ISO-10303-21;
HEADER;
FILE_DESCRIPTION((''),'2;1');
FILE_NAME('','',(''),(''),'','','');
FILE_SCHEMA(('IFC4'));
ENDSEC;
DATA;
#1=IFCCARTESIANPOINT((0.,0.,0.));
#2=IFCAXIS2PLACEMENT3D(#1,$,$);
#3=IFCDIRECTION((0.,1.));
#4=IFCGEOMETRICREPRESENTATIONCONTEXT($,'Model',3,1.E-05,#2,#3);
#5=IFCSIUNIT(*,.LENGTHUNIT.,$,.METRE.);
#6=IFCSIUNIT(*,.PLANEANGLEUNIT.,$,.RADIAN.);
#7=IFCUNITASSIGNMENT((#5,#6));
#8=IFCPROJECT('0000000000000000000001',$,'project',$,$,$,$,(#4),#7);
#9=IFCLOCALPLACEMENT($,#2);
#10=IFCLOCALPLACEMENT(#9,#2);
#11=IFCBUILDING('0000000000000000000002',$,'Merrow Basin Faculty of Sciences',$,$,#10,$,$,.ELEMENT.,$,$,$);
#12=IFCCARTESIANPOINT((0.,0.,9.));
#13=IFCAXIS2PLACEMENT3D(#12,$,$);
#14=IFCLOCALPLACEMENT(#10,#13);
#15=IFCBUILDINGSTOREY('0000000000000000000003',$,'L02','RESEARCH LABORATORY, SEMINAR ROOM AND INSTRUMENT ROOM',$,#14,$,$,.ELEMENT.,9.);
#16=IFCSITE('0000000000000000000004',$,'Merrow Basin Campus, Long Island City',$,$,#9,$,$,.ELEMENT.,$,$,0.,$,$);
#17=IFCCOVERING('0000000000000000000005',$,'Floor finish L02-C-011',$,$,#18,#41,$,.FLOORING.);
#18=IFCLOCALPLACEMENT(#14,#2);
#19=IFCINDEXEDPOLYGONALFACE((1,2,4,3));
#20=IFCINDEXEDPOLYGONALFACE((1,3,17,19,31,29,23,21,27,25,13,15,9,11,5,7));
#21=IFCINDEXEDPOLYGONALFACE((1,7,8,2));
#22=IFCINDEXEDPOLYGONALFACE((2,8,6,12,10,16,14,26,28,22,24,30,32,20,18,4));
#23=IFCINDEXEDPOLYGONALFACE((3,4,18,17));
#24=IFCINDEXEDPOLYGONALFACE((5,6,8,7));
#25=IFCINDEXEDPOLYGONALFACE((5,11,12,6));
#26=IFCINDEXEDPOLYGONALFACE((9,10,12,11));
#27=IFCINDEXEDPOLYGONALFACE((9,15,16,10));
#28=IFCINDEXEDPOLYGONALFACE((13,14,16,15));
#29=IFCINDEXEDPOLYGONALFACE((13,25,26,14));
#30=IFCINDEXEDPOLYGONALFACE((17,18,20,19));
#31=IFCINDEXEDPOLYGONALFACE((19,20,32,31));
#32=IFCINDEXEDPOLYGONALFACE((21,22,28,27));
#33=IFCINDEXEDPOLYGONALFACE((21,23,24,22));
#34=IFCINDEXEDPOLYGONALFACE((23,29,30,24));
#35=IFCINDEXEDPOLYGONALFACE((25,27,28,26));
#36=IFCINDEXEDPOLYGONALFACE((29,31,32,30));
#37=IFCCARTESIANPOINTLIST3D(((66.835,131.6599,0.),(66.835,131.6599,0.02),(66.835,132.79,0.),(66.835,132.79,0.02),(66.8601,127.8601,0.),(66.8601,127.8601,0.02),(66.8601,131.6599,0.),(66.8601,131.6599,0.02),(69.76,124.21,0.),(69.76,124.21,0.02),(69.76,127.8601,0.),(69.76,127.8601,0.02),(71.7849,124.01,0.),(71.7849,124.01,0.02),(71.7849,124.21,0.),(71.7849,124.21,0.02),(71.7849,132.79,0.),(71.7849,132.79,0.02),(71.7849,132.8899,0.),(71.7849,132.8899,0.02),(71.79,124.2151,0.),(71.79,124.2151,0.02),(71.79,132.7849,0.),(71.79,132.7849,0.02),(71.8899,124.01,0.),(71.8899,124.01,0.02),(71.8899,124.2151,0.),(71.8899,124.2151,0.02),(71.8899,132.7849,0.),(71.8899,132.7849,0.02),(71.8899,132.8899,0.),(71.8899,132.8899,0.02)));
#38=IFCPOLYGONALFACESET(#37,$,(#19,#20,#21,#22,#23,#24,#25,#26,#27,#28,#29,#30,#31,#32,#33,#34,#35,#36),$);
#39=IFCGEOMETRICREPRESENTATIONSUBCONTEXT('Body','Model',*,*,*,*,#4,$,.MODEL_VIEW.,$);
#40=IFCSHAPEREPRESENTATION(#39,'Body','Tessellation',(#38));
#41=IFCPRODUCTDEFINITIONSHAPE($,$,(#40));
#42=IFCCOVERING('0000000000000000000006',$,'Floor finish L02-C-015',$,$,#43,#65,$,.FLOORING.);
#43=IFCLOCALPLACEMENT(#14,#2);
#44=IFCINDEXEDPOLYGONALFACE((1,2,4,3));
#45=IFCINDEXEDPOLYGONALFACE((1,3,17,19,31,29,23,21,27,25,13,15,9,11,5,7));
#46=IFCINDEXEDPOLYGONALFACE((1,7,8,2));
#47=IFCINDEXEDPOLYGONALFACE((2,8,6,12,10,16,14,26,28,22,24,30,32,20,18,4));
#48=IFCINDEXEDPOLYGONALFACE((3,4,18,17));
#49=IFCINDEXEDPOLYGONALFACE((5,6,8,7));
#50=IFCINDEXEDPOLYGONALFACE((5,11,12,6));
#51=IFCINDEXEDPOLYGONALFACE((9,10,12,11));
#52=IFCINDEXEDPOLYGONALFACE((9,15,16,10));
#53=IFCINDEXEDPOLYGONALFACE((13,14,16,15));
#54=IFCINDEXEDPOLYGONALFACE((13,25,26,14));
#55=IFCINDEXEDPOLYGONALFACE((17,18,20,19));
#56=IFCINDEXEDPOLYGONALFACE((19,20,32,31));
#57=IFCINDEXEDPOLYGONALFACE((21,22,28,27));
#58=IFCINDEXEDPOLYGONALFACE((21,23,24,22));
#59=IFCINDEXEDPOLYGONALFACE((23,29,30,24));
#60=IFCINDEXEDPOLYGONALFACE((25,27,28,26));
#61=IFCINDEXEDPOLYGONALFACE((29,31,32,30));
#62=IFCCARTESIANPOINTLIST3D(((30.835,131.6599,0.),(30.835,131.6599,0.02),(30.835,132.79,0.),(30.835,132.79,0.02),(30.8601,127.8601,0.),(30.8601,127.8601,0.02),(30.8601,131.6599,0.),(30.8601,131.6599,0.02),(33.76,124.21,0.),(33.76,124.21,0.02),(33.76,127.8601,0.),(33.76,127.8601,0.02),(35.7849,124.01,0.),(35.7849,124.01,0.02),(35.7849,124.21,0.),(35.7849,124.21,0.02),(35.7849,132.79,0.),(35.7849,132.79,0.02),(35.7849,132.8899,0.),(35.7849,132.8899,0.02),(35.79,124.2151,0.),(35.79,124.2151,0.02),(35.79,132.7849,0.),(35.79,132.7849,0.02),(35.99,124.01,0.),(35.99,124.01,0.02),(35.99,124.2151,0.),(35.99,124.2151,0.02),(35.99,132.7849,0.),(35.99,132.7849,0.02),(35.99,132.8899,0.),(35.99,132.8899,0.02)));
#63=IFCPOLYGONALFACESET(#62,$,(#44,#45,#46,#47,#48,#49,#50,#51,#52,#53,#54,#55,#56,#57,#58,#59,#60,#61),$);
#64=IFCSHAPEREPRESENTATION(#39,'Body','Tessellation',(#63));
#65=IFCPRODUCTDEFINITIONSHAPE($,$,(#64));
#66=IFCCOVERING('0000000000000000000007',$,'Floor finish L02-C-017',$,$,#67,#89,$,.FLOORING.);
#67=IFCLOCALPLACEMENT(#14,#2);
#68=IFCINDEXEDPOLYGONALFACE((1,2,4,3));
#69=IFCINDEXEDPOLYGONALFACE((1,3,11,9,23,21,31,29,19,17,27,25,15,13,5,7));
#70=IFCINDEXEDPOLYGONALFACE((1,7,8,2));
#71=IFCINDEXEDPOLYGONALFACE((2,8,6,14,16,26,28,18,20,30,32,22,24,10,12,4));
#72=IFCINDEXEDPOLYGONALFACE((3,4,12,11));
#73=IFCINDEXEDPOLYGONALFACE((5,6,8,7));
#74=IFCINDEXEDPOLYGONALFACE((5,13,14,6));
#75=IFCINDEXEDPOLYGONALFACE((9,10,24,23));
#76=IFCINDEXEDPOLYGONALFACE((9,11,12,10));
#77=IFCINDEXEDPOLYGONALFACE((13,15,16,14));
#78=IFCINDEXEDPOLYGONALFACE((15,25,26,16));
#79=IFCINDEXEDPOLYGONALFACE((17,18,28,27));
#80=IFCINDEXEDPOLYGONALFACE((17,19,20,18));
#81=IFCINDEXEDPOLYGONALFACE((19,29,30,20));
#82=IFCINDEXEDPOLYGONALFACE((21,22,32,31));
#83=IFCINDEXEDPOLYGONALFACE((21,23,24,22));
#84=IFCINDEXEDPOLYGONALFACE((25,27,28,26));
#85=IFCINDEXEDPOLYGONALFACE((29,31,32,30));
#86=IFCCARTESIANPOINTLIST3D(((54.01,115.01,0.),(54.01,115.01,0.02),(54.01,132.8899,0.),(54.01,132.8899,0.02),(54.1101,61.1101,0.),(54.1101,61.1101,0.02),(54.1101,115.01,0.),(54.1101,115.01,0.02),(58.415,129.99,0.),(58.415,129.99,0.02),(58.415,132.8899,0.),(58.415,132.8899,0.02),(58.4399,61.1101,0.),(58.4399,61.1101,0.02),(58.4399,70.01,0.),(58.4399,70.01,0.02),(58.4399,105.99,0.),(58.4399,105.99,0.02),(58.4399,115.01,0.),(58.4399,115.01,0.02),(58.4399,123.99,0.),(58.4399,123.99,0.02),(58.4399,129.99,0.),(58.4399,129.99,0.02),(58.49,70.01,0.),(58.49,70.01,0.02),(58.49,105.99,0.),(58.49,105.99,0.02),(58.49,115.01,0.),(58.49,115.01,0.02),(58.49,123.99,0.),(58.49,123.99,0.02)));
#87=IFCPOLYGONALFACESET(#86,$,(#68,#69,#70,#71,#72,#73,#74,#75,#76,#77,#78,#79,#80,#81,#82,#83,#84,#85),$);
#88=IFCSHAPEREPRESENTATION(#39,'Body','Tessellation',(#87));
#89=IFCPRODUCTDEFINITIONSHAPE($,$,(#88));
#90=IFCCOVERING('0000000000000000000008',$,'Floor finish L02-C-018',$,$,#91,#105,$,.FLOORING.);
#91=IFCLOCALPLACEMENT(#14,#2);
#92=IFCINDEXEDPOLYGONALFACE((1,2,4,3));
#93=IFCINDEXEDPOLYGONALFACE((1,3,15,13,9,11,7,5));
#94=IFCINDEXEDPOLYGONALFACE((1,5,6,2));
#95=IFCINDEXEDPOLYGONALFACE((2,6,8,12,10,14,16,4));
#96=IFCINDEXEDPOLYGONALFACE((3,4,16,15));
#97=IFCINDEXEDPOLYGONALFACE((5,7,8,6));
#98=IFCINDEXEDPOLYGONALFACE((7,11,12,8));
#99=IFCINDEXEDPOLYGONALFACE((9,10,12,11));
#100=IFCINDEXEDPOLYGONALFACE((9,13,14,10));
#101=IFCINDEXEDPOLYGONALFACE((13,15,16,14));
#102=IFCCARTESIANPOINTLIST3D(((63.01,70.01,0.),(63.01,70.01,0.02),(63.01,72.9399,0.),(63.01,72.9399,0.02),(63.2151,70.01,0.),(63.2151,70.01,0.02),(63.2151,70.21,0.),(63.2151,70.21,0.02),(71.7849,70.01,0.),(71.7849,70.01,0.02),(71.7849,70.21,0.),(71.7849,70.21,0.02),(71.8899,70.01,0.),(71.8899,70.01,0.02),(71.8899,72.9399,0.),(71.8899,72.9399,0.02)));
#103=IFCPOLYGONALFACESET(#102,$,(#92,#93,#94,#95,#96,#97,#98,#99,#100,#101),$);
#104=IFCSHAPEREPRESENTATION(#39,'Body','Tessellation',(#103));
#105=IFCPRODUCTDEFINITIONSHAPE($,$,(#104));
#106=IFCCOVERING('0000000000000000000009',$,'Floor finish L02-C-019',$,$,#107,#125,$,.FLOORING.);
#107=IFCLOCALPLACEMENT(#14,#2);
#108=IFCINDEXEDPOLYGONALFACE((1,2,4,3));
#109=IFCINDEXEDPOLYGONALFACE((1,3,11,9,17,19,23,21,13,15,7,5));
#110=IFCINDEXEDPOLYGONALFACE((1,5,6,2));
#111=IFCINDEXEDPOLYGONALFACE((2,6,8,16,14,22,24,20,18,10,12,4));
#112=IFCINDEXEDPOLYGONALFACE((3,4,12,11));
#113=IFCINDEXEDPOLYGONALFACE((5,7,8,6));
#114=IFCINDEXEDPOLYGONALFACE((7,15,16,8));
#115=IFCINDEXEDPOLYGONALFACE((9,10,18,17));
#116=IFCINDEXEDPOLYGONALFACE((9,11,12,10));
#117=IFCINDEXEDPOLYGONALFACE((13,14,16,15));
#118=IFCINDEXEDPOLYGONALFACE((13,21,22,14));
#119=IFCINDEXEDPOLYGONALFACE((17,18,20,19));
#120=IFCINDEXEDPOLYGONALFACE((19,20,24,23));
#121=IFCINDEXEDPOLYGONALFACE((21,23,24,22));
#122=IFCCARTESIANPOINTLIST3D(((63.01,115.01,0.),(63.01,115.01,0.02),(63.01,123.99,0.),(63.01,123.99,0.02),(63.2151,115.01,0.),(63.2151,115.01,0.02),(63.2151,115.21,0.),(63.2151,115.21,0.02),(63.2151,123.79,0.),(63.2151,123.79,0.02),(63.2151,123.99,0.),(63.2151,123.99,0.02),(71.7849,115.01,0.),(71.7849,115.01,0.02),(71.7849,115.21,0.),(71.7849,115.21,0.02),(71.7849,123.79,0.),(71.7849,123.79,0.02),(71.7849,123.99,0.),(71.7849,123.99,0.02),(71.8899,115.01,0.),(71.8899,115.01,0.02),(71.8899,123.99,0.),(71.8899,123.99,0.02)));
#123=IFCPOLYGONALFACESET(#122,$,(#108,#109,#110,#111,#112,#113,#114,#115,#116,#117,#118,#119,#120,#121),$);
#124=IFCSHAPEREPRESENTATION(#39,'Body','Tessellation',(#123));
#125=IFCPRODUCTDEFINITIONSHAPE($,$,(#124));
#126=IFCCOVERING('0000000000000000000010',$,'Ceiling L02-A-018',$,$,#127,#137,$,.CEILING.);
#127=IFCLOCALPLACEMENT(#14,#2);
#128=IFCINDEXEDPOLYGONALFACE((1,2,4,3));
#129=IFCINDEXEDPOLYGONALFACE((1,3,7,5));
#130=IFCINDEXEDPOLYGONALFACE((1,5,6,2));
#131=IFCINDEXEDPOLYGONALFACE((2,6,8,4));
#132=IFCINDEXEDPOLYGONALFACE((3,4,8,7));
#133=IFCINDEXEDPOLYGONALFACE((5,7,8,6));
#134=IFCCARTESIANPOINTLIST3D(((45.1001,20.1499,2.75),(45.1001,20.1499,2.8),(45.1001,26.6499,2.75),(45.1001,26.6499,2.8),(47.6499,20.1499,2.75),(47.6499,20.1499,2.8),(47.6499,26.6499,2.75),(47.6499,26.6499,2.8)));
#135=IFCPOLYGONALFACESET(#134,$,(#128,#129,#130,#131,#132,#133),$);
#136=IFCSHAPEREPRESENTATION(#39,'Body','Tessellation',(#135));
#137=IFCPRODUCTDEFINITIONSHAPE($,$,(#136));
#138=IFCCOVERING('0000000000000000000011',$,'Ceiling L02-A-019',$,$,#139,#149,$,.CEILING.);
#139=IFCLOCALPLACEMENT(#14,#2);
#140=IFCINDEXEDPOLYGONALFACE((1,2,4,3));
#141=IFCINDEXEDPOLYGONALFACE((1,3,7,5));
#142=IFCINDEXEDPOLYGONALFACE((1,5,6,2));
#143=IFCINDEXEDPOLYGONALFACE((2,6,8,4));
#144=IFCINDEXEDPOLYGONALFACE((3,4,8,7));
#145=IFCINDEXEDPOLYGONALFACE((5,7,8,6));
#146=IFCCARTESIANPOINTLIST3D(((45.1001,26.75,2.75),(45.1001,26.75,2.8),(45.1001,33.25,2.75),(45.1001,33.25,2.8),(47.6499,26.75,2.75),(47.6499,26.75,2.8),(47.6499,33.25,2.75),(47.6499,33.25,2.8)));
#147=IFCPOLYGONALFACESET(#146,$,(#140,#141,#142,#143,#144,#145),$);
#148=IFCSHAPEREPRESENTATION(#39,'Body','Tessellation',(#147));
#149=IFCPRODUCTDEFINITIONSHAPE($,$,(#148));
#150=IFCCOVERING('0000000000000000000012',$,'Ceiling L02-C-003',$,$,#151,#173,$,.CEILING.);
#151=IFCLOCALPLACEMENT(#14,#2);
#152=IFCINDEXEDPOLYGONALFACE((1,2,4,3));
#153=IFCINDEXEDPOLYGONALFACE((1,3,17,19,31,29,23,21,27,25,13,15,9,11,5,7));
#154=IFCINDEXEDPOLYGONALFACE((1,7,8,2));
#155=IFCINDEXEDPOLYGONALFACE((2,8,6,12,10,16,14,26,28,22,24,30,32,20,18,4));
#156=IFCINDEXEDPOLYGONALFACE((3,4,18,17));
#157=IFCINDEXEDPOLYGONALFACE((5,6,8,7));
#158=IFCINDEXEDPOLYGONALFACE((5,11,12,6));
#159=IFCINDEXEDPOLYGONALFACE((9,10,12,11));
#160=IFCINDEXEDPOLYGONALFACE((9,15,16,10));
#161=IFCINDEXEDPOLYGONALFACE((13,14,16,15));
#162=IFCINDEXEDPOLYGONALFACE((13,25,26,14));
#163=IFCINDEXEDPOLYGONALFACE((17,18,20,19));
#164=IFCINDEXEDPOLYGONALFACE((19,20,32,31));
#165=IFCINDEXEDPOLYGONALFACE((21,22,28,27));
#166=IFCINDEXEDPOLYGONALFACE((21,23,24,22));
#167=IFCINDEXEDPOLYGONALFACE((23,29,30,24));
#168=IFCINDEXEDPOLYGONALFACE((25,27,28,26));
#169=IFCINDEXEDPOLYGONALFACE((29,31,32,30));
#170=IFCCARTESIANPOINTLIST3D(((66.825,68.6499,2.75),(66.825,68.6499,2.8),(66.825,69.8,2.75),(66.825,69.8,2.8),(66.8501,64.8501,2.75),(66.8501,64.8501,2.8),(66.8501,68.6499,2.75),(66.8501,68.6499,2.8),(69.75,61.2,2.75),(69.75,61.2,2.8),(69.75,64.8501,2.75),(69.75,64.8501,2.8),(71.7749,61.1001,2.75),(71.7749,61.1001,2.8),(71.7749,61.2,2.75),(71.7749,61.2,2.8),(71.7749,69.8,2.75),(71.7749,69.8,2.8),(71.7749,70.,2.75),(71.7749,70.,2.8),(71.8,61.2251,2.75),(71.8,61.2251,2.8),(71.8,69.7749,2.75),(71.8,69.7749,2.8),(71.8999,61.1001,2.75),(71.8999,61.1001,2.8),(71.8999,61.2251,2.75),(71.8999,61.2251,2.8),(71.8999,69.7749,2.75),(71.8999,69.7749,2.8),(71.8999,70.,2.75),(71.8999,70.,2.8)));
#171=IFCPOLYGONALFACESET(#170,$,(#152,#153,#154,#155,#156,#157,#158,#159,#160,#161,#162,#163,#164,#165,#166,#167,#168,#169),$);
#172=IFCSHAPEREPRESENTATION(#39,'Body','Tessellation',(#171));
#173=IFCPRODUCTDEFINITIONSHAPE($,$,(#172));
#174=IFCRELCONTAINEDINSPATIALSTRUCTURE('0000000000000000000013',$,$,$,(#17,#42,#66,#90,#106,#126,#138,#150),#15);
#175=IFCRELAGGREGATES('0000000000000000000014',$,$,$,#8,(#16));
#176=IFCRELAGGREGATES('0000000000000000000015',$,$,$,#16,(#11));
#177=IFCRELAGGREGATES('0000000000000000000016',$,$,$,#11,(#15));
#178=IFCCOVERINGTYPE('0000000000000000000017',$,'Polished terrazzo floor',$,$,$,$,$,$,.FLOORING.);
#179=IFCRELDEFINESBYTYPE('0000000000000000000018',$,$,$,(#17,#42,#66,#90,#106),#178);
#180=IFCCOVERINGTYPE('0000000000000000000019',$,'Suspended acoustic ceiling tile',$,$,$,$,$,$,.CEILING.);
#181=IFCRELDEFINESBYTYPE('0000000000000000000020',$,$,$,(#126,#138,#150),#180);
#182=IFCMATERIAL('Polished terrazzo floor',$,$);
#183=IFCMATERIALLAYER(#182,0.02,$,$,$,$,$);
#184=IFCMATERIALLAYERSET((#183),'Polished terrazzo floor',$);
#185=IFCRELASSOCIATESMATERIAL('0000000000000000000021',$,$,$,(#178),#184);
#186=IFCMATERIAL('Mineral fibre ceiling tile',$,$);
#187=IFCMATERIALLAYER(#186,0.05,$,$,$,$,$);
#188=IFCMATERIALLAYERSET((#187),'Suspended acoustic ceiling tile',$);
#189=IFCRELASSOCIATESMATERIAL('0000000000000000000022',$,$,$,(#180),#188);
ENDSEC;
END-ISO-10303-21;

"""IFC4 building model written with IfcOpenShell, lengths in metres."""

from ifc_helpers import new_model, si_unit, direction, frame, origin, place, context, subcontext, project, spatial, polyline, outline, extrude, material, layer, layer_set, type_object, element, save


model = new_model("IFC4")

# Units and contexts
model_context = context("Model", 3, precision=1e-05, world=origin(), true_north=direction((0.0, 1.0)))
body_context = subcontext(model_context, "Body", "Model", "MODEL_VIEW")
ifc_project = project(units=[si_unit("LENGTHUNIT", "METRE"), si_unit("PLANEANGLEUNIT", "RADIAN")], contexts=[model_context])

# Site, building, storey
site_placement = place(None, origin())
site = spatial("IfcSite", under=ifc_project, at=site_placement, Name="Merrow Basin Campus, Long Island City", CompositionType="ELEMENT", RefElevation=0.0)
building_placement = place(site_placement, origin())
building = spatial("IfcBuilding", under=site, at=building_placement, Name="Merrow Basin Faculty of Sciences", CompositionType="ELEMENT")
storey_placement = place(building_placement, frame((0.0, 0.0, 9.0)))
storey = spatial("IfcBuildingStorey", under=building, at=storey_placement, Name="L02", Description="RESEARCH LABORATORY, SEMINAR ROOM AND INSTRUMENT ROOM", CompositionType="ELEMENT", Elevation=9.0)

# Coverings
ifc_material_1 = material(Name="Polished terrazzo floor")
ifc_layer_1 = layer(ifc_material_1, 0.02)
ifc_layer_set_1 = layer_set([ifc_layer_1], Name="Polished terrazzo floor")
covering_type_1 = type_object("IfcCoveringType", Name="Polished terrazzo floor", PredefinedType="FLOORING", material=ifc_layer_set_1)
covering_1_placement = place(storey_placement, origin())
element("IfcCovering", 1, at=covering_1_placement, inside=storey, type_object=covering_type_1, Name="Floor finish L02-C-011", PredefinedType="FLOORING", context=body_context, shape_type="SweptSolid", body=[
    extrude(outline(polyline([(71.8899, 132.8899), (71.8899, 132.7849), (71.79, 132.7849), (71.79, 124.2151), (71.8899, 124.2151), (71.8899, 124.01), (71.7849, 124.01), (71.7849, 124.21), (69.76, 124.21), (69.76, 127.8601), (66.8601, 127.8601), (66.8601, 131.6599), (66.835, 131.6599), (66.835, 132.79), (71.7849, 132.79), (71.7849, 132.8899), (71.8899, 132.8899)])), origin(), (0.0, 0.0, 1.0), 0.02),
])
covering_2_placement = place(storey_placement, origin())
element("IfcCovering", 2, at=covering_2_placement, inside=storey, type_object=covering_type_1, Name="Floor finish L02-C-015", PredefinedType="FLOORING", context=body_context, shape_type="SweptSolid", body=[
    extrude(outline(polyline([(35.99, 132.8899), (35.99, 132.7849), (35.79, 132.7849), (35.79, 124.2151), (35.99, 124.2151), (35.99, 124.01), (35.7849, 124.01), (35.7849, 124.21), (33.76, 124.21), (33.76, 127.8601), (30.8601, 127.8601), (30.8601, 131.6599), (30.835, 131.6599), (30.835, 132.79), (35.7849, 132.79), (35.7849, 132.8899), (35.99, 132.8899)])), origin(), (0.0, 0.0, 1.0), 0.02),
])
covering_3_placement = place(storey_placement, origin())
element("IfcCovering", 3, at=covering_3_placement, inside=storey, type_object=covering_type_1, Name="Floor finish L02-C-017", PredefinedType="FLOORING", context=body_context, shape_type="SweptSolid", body=[
    extrude(outline(polyline([(54.01, 115.01), (54.01, 132.8899), (58.415, 132.8899), (58.415, 129.99), (58.4399, 129.99), (58.4399, 123.99), (58.49, 123.99), (58.49, 115.01), (58.4399, 115.01), (58.4399, 105.99), (58.49, 105.99), (58.49, 70.01), (58.4399, 70.01), (58.4399, 61.1101), (54.1101, 61.1101), (54.1101, 115.01), (54.01, 115.01)])), origin(), (0.0, 0.0, 1.0), 0.02),
])
covering_4_placement = place(storey_placement, origin())
element("IfcCovering", 4, at=covering_4_placement, inside=storey, type_object=covering_type_1, Name="Floor finish L02-C-018", PredefinedType="FLOORING", context=body_context, shape_type="SweptSolid", body=[
    extrude(outline(polyline([(63.01, 72.9399), (71.8899, 72.9399), (71.8899, 70.01), (71.7849, 70.01), (71.7849, 70.21), (63.2151, 70.21), (63.2151, 70.01), (63.01, 70.01), (63.01, 72.9399)])), origin(), (0.0, 0.0, 1.0), 0.02),
])
covering_5_placement = place(storey_placement, origin())
element("IfcCovering", 5, at=covering_5_placement, inside=storey, type_object=covering_type_1, Name="Floor finish L02-C-019", PredefinedType="FLOORING", context=body_context, shape_type="SweptSolid", body=[
    extrude(outline(polyline([(63.01, 123.99), (63.2151, 123.99), (63.2151, 123.79), (71.7849, 123.79), (71.7849, 123.99), (71.8899, 123.99), (71.8899, 115.01), (71.7849, 115.01), (71.7849, 115.21), (63.2151, 115.21), (63.2151, 115.01), (63.01, 115.01), (63.01, 123.99)])), origin(), (0.0, 0.0, 1.0), 0.02),
])
ifc_material_2 = material(Name="Mineral fibre ceiling tile")
ifc_layer_2 = layer(ifc_material_2, 0.05)
ifc_layer_set_2 = layer_set([ifc_layer_2], Name="Suspended acoustic ceiling tile")
covering_type_2 = type_object("IfcCoveringType", Name="Suspended acoustic ceiling tile", PredefinedType="CEILING", material=ifc_layer_set_2)
covering_6_placement = place(storey_placement, frame((0.0, 0.0, 2.75)))
element("IfcCovering", 6, at=covering_6_placement, inside=storey, type_object=covering_type_2, Name="Ceiling L02-A-018", PredefinedType="CEILING", context=body_context, shape_type="SweptSolid", body=[
    extrude(outline(polyline([(47.6499, 26.6499), (47.6499, 20.1499), (45.1001, 20.1499), (45.1001, 26.6499), (47.6499, 26.6499)])), origin(), (0.0, 0.0, 1.0), 0.05),
])
covering_7_placement = place(storey_placement, frame((0.0, 0.0, 2.75)))
element("IfcCovering", 7, at=covering_7_placement, inside=storey, type_object=covering_type_2, Name="Ceiling L02-A-019", PredefinedType="CEILING", context=body_context, shape_type="SweptSolid", body=[
    extrude(outline(polyline([(47.6499, 26.75), (45.1001, 26.75), (45.1001, 33.25), (47.6499, 33.25), (47.6499, 26.75)])), origin(), (0.0, 0.0, 1.0), 0.05),
])
covering_8_placement = place(storey_placement, frame((0.0, 0.0, 2.75)))
element("IfcCovering", 8, at=covering_8_placement, inside=storey, type_object=covering_type_2, Name="Ceiling L02-C-003", PredefinedType="CEILING", context=body_context, shape_type="SweptSolid", body=[
    extrude(outline(polyline([(71.8999, 70.0), (71.8999, 69.7749), (71.8, 69.7749), (71.8, 61.2251), (71.8999, 61.2251), (71.8999, 61.1001), (71.7749, 61.1001), (71.7749, 61.2), (69.75, 61.2), (69.75, 64.8501), (66.8501, 64.8501), (66.8501, 68.6499), (66.825, 68.6499), (66.825, 69.8), (71.7749, 69.8), (71.7749, 70.0), (71.8999, 70.0)])), origin(), (0.0, 0.0, 1.0), 0.05),
])

save(model, "model.ifc")
